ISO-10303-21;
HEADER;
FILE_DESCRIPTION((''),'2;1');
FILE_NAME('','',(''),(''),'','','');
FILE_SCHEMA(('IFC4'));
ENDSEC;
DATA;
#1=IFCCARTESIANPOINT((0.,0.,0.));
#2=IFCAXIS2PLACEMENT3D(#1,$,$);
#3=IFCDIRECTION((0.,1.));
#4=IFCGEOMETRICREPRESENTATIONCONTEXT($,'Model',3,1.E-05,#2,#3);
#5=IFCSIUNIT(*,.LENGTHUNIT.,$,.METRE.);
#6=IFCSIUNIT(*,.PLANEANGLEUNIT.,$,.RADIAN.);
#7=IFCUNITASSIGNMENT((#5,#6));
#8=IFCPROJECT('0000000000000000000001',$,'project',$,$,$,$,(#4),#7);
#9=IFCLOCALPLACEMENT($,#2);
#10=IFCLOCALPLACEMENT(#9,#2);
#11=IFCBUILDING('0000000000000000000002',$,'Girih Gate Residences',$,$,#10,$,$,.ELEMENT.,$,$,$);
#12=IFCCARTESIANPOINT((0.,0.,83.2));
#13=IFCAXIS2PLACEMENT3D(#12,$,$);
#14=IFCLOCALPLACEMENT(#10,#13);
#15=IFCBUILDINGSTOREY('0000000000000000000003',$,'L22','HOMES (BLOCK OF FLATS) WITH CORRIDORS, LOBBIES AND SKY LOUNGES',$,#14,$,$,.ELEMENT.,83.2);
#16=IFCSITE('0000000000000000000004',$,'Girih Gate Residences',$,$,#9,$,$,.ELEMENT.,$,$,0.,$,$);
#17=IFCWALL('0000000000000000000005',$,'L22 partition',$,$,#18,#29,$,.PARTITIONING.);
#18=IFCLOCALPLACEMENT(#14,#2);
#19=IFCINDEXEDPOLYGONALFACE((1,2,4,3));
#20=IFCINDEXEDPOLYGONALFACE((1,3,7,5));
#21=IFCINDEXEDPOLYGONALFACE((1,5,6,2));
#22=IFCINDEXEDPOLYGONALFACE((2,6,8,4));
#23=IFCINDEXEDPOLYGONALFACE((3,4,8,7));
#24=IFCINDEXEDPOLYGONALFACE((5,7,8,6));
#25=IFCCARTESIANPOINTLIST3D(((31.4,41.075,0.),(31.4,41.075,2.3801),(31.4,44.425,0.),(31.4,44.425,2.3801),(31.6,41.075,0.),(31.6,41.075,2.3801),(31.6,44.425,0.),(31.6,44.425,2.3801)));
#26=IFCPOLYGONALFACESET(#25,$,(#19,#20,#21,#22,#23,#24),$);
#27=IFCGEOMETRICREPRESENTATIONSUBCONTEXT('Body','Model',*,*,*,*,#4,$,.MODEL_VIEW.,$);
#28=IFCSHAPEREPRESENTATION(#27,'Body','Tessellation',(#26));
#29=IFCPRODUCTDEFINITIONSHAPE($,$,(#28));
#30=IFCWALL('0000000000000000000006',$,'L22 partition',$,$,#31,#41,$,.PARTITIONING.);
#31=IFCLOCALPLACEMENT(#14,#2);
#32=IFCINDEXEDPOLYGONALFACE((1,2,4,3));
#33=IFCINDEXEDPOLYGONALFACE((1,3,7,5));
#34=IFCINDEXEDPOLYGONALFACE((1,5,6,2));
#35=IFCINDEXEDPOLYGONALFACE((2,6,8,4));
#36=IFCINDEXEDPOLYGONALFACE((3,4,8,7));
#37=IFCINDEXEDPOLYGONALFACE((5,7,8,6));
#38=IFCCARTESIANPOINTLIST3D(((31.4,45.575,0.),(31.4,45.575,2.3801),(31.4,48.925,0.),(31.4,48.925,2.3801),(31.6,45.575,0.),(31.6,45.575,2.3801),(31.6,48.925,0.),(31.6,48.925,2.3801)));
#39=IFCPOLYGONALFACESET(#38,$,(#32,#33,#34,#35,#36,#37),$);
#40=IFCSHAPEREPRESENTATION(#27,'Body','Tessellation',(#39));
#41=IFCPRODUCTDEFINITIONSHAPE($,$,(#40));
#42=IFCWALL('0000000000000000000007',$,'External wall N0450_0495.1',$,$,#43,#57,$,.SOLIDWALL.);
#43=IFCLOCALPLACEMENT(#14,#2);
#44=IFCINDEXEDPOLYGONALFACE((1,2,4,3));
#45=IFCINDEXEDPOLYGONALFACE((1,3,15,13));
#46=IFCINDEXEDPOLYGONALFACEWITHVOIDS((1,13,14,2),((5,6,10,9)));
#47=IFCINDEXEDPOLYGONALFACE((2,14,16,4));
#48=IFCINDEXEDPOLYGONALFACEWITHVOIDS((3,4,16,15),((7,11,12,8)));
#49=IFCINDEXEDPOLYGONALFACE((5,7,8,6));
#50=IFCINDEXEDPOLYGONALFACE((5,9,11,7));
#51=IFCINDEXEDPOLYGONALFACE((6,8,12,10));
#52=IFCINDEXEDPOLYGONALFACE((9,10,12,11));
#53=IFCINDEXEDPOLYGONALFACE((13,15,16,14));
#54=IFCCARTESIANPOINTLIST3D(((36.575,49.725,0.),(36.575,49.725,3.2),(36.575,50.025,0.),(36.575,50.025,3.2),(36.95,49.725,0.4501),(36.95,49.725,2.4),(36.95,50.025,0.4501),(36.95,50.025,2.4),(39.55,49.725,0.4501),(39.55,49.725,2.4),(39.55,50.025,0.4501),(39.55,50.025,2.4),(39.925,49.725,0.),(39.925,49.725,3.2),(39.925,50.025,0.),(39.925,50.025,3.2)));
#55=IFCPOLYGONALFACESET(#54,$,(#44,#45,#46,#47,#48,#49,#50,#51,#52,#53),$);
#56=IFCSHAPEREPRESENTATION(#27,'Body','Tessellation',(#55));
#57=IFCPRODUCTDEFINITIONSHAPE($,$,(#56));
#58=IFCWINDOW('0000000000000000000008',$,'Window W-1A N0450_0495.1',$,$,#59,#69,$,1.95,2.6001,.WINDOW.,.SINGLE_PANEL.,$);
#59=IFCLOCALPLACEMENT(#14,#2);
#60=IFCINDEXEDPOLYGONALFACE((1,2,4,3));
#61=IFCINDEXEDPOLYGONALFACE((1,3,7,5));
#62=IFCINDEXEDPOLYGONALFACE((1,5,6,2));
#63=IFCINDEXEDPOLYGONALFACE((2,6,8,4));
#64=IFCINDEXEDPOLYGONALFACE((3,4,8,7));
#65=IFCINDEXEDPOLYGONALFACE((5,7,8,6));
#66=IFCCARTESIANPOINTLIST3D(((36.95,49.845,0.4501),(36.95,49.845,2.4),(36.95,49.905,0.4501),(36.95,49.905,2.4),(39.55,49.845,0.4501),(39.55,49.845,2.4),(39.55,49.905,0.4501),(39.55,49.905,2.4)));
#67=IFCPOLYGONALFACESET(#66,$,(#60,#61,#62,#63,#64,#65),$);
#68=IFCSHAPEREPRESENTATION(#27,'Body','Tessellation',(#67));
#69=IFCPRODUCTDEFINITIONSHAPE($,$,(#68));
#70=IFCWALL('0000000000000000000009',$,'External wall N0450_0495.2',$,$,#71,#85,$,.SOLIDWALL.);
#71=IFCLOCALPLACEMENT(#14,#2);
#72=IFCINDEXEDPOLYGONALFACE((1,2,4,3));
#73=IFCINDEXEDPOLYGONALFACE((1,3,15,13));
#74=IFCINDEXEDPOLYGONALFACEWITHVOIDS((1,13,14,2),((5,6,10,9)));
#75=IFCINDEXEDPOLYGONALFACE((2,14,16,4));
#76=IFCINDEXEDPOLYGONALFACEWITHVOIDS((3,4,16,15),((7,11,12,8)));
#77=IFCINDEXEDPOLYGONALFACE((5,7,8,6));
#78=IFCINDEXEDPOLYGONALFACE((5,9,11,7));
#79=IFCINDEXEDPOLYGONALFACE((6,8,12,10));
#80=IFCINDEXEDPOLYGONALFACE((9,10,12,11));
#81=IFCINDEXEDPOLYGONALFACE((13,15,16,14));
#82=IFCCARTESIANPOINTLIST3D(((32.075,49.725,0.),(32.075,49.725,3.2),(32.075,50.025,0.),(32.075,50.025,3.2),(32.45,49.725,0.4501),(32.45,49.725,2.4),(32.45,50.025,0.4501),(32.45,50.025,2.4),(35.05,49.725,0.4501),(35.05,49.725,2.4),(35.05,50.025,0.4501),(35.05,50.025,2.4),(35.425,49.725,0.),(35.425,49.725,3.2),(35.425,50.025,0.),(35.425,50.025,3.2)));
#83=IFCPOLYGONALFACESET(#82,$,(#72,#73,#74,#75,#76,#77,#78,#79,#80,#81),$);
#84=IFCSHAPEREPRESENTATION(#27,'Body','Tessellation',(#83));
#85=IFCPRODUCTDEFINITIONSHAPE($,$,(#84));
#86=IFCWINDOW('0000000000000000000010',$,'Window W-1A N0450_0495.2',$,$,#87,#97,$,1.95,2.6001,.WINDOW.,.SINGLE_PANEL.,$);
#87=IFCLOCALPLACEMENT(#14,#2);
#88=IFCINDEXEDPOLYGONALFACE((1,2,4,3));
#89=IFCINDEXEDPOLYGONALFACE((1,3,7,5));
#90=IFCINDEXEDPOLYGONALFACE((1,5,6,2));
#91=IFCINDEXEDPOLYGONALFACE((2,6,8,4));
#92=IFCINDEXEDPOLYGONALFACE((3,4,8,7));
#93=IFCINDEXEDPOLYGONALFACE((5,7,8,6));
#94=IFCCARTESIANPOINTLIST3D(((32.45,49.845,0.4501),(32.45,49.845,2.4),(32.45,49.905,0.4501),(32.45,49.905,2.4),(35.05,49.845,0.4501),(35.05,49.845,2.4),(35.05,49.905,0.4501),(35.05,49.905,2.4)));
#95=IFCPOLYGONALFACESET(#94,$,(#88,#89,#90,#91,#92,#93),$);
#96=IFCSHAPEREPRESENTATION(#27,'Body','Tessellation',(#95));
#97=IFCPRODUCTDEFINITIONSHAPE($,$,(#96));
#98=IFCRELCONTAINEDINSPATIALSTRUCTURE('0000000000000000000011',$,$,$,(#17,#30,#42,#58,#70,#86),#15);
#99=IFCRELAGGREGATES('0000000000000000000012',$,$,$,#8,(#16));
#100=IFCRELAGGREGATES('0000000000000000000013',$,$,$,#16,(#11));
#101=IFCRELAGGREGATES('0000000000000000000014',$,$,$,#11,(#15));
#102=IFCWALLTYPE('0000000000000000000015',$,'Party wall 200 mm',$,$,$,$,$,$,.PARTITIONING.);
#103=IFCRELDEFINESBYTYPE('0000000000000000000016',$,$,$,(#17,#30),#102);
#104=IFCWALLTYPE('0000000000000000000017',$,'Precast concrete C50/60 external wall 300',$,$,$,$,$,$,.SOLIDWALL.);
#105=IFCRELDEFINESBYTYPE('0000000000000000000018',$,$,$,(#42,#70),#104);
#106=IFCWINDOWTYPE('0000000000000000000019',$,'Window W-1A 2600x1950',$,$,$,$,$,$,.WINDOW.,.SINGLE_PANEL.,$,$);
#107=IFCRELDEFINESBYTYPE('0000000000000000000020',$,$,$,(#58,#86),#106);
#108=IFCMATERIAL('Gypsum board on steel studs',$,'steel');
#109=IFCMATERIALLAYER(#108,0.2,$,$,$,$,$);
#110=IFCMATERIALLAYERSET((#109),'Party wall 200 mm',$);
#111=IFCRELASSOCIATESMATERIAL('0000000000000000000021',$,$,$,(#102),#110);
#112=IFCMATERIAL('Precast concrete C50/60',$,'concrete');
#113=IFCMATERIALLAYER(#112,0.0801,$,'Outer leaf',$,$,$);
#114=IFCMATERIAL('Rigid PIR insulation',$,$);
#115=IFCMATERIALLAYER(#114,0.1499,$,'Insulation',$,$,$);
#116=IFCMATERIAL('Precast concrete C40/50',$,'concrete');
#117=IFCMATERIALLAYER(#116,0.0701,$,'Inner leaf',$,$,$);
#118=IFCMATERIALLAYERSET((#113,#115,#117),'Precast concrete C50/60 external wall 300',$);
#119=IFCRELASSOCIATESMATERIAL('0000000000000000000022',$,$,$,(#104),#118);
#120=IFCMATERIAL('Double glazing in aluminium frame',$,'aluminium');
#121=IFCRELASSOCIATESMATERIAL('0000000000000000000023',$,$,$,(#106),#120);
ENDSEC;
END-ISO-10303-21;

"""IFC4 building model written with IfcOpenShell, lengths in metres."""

from ifc_helpers import new_model, si_unit, direction, frame, frame_2d, origin, place, context, subcontext, project, spatial, rectangle, extrude, material, layer, layer_set, type_object, element, fill, save


model = new_model("IFC4")

# Units and contexts
model_context = context("Model", 3, precision=1e-05, world=origin(), true_north=direction((0.0, 1.0)))
body_context = subcontext(model_context, "Body", "Model", "MODEL_VIEW")
ifc_project = project(units=[si_unit("LENGTHUNIT", "METRE"), si_unit("PLANEANGLEUNIT", "RADIAN")], contexts=[model_context])

# Site, building, storey
site_placement = place(None, origin())
site = spatial("IfcSite", under=ifc_project, at=site_placement, Name="Girih Gate Residences", CompositionType="ELEMENT", RefElevation=0.0)
building_placement = place(site_placement, origin())
building = spatial("IfcBuilding", under=site, at=building_placement, Name="Girih Gate Residences", CompositionType="ELEMENT")
storey_placement = place(building_placement, frame((0.0, 0.0, 83.2)))
storey = spatial("IfcBuildingStorey", under=building, at=storey_placement, Name="L22", Description="HOMES (BLOCK OF FLATS) WITH CORRIDORS, LOBBIES AND SKY LOUNGES", CompositionType="ELEMENT", Elevation=83.2)

# Shared definitions
ifc_material_1 = material(Name="Gypsum board on steel studs", Category="steel")

# Walls
ifc_layer_1 = layer(ifc_material_1, 0.2)
ifc_layer_set_1 = layer_set([ifc_layer_1], Name="Party wall 200 mm")
wall_type_1 = type_object("IfcWallType", Name="Party wall 200 mm", PredefinedType="PARTITIONING", material=ifc_layer_set_1)
for number, where, z_axis, x_axis, name in (
    (1, (31.5, 41.075, 0.0), (0.0, 0.0, 1.0), (0.0, 1.0, 0.0), "L22 partition"),
    (2, (31.5, 45.575, 0.0), (0.0, 0.0, 1.0), (0.0, 1.0, 0.0), "L22 partition"),
):
    element("IfcWall", number, at=place(storey_placement, frame(where, z_axis=z_axis, x_axis=x_axis)), inside=storey, type_object=wall_type_1, Name=name, PredefinedType="PARTITIONING", context=body_context, shape_type="SweptSolid", body=[
        extrude(rectangle(XDim=3.3501, YDim=0.2, at=frame_2d((1.675, 0.0))), origin(), (0.0, 0.0, 1.0), 2.3801),
    ])

# Walls, openings, windows
ifc_material_2 = material(Name="Precast concrete C50/60", Category="concrete")
ifc_layer_2 = layer(ifc_material_2, 0.0801, Name="Outer leaf")
ifc_material_3 = material(Name="Rigid PIR insulation")
ifc_layer_3 = layer(ifc_material_3, 0.1499, Name="Insulation")
ifc_material_4 = material(Name="Precast concrete C40/50", Category="concrete")
ifc_layer_4 = layer(ifc_material_4, 0.0701, Name="Inner leaf")
ifc_layer_set_2 = layer_set([ifc_layer_2, ifc_layer_3, ifc_layer_4], Name="Precast concrete C50/60 external wall 300")
wall_type_2 = type_object("IfcWallType", Name="Precast concrete C50/60 external wall 300", PredefinedType="SOLIDWALL", material=ifc_layer_set_2)
wall_1_placement = place(storey_placement, frame((36.575, 49.875, 0.0), z_axis=(0.0, 0.0, 1.0), x_axis=(1.0, 0.0, 0.0)))
wall_1 = element("IfcWall", 3, at=wall_1_placement, inside=storey, type_object=wall_type_2, Name="External wall N0450_0495.1", PredefinedType="SOLIDWALL", context=body_context, shape_type="SweptSolid", body=[
    extrude(rectangle(XDim=3.3501, YDim=0.3, at=frame_2d((1.675, 0.0))), origin(), (0.0, 0.0, 1.0), 3.2),
])
opening_1_placement = place(wall_1_placement, frame((0.375, 0.0, 0.45)))
opening_1 = element("IfcOpeningElement", 4, at=opening_1_placement, cuts=wall_1, PredefinedType="OPENING", context=body_context, shape_type="SweptSolid", body=[
    extrude(rectangle(XDim=2.6001, YDim=1.95, at=frame_2d((1.3, 0.9751))), frame((0.0, 0.1599, 0.0), z_axis=(0.0, -1.0, 0.0), x_axis=(1.0, 0.0, 0.0)), (0.0, 0.0, 1.0), 0.3201),
])
ifc_material_5 = material(Name="Double glazing in aluminium frame", Category="aluminium")
window_type = type_object("IfcWindowType", Name="Window W-1A 2600x1950", PartitioningType="SINGLE_PANEL", PredefinedType="WINDOW", material=ifc_material_5)
window_1_placement = place(opening_1_placement, origin())
window_1 = element("IfcWindow", 5, at=window_1_placement, inside=storey, type_object=window_type, Name="Window W-1A N0450_0495.1", OverallHeight=1.95, OverallWidth=2.6001, PartitioningType="SINGLE_PANEL", PredefinedType="WINDOW", context=body_context, shape_type="SweptSolid", body=[
    extrude(rectangle(XDim=2.6001, YDim=1.95, at=frame_2d((1.3, 0.9751))), frame((0.0, 0.03, 0.0), z_axis=(0.0, -1.0, 0.0), x_axis=(1.0, 0.0, 0.0)), (0.0, 0.0, 1.0), 0.0601),
])
fill(opening_1, window_1)
wall_2_placement = place(storey_placement, frame((32.075, 49.875, 0.0), z_axis=(0.0, 0.0, 1.0), x_axis=(1.0, 0.0, 0.0)))
wall_2 = element("IfcWall", 6, at=wall_2_placement, inside=storey, type_object=wall_type_2, Name="External wall N0450_0495.2", PredefinedType="SOLIDWALL", context=body_context, shape_type="SweptSolid", body=[
    extrude(rectangle(XDim=3.3501, YDim=0.3, at=frame_2d((1.675, 0.0))), origin(), (0.0, 0.0, 1.0), 3.2),
])
opening_2_placement = place(wall_2_placement, frame((0.375, 0.0, 0.45)))
opening_2 = element("IfcOpeningElement", 7, at=opening_2_placement, cuts=wall_2, PredefinedType="OPENING", context=body_context, shape_type="SweptSolid", body=[
    extrude(rectangle(XDim=2.6001, YDim=1.95, at=frame_2d((1.3, 0.9751))), frame((0.0, 0.1599, 0.0), z_axis=(0.0, -1.0, 0.0), x_axis=(1.0, 0.0, 0.0)), (0.0, 0.0, 1.0), 0.3201),
])
window_2_placement = place(opening_2_placement, origin())
window_2 = element("IfcWindow", 8, at=window_2_placement, inside=storey, type_object=window_type, Name="Window W-1A N0450_0495.2", OverallHeight=1.95, OverallWidth=2.6001, PartitioningType="SINGLE_PANEL", PredefinedType="WINDOW", context=body_context, shape_type="SweptSolid", body=[
    extrude(rectangle(XDim=2.6001, YDim=1.95, at=frame_2d((1.3, 0.9751))), frame((0.0, 0.03, 0.0), z_axis=(0.0, -1.0, 0.0), x_axis=(1.0, 0.0, 0.0)), (0.0, 0.0, 1.0), 0.0601),
])
fill(opening_2, window_2)

save(model, "model.ifc")
